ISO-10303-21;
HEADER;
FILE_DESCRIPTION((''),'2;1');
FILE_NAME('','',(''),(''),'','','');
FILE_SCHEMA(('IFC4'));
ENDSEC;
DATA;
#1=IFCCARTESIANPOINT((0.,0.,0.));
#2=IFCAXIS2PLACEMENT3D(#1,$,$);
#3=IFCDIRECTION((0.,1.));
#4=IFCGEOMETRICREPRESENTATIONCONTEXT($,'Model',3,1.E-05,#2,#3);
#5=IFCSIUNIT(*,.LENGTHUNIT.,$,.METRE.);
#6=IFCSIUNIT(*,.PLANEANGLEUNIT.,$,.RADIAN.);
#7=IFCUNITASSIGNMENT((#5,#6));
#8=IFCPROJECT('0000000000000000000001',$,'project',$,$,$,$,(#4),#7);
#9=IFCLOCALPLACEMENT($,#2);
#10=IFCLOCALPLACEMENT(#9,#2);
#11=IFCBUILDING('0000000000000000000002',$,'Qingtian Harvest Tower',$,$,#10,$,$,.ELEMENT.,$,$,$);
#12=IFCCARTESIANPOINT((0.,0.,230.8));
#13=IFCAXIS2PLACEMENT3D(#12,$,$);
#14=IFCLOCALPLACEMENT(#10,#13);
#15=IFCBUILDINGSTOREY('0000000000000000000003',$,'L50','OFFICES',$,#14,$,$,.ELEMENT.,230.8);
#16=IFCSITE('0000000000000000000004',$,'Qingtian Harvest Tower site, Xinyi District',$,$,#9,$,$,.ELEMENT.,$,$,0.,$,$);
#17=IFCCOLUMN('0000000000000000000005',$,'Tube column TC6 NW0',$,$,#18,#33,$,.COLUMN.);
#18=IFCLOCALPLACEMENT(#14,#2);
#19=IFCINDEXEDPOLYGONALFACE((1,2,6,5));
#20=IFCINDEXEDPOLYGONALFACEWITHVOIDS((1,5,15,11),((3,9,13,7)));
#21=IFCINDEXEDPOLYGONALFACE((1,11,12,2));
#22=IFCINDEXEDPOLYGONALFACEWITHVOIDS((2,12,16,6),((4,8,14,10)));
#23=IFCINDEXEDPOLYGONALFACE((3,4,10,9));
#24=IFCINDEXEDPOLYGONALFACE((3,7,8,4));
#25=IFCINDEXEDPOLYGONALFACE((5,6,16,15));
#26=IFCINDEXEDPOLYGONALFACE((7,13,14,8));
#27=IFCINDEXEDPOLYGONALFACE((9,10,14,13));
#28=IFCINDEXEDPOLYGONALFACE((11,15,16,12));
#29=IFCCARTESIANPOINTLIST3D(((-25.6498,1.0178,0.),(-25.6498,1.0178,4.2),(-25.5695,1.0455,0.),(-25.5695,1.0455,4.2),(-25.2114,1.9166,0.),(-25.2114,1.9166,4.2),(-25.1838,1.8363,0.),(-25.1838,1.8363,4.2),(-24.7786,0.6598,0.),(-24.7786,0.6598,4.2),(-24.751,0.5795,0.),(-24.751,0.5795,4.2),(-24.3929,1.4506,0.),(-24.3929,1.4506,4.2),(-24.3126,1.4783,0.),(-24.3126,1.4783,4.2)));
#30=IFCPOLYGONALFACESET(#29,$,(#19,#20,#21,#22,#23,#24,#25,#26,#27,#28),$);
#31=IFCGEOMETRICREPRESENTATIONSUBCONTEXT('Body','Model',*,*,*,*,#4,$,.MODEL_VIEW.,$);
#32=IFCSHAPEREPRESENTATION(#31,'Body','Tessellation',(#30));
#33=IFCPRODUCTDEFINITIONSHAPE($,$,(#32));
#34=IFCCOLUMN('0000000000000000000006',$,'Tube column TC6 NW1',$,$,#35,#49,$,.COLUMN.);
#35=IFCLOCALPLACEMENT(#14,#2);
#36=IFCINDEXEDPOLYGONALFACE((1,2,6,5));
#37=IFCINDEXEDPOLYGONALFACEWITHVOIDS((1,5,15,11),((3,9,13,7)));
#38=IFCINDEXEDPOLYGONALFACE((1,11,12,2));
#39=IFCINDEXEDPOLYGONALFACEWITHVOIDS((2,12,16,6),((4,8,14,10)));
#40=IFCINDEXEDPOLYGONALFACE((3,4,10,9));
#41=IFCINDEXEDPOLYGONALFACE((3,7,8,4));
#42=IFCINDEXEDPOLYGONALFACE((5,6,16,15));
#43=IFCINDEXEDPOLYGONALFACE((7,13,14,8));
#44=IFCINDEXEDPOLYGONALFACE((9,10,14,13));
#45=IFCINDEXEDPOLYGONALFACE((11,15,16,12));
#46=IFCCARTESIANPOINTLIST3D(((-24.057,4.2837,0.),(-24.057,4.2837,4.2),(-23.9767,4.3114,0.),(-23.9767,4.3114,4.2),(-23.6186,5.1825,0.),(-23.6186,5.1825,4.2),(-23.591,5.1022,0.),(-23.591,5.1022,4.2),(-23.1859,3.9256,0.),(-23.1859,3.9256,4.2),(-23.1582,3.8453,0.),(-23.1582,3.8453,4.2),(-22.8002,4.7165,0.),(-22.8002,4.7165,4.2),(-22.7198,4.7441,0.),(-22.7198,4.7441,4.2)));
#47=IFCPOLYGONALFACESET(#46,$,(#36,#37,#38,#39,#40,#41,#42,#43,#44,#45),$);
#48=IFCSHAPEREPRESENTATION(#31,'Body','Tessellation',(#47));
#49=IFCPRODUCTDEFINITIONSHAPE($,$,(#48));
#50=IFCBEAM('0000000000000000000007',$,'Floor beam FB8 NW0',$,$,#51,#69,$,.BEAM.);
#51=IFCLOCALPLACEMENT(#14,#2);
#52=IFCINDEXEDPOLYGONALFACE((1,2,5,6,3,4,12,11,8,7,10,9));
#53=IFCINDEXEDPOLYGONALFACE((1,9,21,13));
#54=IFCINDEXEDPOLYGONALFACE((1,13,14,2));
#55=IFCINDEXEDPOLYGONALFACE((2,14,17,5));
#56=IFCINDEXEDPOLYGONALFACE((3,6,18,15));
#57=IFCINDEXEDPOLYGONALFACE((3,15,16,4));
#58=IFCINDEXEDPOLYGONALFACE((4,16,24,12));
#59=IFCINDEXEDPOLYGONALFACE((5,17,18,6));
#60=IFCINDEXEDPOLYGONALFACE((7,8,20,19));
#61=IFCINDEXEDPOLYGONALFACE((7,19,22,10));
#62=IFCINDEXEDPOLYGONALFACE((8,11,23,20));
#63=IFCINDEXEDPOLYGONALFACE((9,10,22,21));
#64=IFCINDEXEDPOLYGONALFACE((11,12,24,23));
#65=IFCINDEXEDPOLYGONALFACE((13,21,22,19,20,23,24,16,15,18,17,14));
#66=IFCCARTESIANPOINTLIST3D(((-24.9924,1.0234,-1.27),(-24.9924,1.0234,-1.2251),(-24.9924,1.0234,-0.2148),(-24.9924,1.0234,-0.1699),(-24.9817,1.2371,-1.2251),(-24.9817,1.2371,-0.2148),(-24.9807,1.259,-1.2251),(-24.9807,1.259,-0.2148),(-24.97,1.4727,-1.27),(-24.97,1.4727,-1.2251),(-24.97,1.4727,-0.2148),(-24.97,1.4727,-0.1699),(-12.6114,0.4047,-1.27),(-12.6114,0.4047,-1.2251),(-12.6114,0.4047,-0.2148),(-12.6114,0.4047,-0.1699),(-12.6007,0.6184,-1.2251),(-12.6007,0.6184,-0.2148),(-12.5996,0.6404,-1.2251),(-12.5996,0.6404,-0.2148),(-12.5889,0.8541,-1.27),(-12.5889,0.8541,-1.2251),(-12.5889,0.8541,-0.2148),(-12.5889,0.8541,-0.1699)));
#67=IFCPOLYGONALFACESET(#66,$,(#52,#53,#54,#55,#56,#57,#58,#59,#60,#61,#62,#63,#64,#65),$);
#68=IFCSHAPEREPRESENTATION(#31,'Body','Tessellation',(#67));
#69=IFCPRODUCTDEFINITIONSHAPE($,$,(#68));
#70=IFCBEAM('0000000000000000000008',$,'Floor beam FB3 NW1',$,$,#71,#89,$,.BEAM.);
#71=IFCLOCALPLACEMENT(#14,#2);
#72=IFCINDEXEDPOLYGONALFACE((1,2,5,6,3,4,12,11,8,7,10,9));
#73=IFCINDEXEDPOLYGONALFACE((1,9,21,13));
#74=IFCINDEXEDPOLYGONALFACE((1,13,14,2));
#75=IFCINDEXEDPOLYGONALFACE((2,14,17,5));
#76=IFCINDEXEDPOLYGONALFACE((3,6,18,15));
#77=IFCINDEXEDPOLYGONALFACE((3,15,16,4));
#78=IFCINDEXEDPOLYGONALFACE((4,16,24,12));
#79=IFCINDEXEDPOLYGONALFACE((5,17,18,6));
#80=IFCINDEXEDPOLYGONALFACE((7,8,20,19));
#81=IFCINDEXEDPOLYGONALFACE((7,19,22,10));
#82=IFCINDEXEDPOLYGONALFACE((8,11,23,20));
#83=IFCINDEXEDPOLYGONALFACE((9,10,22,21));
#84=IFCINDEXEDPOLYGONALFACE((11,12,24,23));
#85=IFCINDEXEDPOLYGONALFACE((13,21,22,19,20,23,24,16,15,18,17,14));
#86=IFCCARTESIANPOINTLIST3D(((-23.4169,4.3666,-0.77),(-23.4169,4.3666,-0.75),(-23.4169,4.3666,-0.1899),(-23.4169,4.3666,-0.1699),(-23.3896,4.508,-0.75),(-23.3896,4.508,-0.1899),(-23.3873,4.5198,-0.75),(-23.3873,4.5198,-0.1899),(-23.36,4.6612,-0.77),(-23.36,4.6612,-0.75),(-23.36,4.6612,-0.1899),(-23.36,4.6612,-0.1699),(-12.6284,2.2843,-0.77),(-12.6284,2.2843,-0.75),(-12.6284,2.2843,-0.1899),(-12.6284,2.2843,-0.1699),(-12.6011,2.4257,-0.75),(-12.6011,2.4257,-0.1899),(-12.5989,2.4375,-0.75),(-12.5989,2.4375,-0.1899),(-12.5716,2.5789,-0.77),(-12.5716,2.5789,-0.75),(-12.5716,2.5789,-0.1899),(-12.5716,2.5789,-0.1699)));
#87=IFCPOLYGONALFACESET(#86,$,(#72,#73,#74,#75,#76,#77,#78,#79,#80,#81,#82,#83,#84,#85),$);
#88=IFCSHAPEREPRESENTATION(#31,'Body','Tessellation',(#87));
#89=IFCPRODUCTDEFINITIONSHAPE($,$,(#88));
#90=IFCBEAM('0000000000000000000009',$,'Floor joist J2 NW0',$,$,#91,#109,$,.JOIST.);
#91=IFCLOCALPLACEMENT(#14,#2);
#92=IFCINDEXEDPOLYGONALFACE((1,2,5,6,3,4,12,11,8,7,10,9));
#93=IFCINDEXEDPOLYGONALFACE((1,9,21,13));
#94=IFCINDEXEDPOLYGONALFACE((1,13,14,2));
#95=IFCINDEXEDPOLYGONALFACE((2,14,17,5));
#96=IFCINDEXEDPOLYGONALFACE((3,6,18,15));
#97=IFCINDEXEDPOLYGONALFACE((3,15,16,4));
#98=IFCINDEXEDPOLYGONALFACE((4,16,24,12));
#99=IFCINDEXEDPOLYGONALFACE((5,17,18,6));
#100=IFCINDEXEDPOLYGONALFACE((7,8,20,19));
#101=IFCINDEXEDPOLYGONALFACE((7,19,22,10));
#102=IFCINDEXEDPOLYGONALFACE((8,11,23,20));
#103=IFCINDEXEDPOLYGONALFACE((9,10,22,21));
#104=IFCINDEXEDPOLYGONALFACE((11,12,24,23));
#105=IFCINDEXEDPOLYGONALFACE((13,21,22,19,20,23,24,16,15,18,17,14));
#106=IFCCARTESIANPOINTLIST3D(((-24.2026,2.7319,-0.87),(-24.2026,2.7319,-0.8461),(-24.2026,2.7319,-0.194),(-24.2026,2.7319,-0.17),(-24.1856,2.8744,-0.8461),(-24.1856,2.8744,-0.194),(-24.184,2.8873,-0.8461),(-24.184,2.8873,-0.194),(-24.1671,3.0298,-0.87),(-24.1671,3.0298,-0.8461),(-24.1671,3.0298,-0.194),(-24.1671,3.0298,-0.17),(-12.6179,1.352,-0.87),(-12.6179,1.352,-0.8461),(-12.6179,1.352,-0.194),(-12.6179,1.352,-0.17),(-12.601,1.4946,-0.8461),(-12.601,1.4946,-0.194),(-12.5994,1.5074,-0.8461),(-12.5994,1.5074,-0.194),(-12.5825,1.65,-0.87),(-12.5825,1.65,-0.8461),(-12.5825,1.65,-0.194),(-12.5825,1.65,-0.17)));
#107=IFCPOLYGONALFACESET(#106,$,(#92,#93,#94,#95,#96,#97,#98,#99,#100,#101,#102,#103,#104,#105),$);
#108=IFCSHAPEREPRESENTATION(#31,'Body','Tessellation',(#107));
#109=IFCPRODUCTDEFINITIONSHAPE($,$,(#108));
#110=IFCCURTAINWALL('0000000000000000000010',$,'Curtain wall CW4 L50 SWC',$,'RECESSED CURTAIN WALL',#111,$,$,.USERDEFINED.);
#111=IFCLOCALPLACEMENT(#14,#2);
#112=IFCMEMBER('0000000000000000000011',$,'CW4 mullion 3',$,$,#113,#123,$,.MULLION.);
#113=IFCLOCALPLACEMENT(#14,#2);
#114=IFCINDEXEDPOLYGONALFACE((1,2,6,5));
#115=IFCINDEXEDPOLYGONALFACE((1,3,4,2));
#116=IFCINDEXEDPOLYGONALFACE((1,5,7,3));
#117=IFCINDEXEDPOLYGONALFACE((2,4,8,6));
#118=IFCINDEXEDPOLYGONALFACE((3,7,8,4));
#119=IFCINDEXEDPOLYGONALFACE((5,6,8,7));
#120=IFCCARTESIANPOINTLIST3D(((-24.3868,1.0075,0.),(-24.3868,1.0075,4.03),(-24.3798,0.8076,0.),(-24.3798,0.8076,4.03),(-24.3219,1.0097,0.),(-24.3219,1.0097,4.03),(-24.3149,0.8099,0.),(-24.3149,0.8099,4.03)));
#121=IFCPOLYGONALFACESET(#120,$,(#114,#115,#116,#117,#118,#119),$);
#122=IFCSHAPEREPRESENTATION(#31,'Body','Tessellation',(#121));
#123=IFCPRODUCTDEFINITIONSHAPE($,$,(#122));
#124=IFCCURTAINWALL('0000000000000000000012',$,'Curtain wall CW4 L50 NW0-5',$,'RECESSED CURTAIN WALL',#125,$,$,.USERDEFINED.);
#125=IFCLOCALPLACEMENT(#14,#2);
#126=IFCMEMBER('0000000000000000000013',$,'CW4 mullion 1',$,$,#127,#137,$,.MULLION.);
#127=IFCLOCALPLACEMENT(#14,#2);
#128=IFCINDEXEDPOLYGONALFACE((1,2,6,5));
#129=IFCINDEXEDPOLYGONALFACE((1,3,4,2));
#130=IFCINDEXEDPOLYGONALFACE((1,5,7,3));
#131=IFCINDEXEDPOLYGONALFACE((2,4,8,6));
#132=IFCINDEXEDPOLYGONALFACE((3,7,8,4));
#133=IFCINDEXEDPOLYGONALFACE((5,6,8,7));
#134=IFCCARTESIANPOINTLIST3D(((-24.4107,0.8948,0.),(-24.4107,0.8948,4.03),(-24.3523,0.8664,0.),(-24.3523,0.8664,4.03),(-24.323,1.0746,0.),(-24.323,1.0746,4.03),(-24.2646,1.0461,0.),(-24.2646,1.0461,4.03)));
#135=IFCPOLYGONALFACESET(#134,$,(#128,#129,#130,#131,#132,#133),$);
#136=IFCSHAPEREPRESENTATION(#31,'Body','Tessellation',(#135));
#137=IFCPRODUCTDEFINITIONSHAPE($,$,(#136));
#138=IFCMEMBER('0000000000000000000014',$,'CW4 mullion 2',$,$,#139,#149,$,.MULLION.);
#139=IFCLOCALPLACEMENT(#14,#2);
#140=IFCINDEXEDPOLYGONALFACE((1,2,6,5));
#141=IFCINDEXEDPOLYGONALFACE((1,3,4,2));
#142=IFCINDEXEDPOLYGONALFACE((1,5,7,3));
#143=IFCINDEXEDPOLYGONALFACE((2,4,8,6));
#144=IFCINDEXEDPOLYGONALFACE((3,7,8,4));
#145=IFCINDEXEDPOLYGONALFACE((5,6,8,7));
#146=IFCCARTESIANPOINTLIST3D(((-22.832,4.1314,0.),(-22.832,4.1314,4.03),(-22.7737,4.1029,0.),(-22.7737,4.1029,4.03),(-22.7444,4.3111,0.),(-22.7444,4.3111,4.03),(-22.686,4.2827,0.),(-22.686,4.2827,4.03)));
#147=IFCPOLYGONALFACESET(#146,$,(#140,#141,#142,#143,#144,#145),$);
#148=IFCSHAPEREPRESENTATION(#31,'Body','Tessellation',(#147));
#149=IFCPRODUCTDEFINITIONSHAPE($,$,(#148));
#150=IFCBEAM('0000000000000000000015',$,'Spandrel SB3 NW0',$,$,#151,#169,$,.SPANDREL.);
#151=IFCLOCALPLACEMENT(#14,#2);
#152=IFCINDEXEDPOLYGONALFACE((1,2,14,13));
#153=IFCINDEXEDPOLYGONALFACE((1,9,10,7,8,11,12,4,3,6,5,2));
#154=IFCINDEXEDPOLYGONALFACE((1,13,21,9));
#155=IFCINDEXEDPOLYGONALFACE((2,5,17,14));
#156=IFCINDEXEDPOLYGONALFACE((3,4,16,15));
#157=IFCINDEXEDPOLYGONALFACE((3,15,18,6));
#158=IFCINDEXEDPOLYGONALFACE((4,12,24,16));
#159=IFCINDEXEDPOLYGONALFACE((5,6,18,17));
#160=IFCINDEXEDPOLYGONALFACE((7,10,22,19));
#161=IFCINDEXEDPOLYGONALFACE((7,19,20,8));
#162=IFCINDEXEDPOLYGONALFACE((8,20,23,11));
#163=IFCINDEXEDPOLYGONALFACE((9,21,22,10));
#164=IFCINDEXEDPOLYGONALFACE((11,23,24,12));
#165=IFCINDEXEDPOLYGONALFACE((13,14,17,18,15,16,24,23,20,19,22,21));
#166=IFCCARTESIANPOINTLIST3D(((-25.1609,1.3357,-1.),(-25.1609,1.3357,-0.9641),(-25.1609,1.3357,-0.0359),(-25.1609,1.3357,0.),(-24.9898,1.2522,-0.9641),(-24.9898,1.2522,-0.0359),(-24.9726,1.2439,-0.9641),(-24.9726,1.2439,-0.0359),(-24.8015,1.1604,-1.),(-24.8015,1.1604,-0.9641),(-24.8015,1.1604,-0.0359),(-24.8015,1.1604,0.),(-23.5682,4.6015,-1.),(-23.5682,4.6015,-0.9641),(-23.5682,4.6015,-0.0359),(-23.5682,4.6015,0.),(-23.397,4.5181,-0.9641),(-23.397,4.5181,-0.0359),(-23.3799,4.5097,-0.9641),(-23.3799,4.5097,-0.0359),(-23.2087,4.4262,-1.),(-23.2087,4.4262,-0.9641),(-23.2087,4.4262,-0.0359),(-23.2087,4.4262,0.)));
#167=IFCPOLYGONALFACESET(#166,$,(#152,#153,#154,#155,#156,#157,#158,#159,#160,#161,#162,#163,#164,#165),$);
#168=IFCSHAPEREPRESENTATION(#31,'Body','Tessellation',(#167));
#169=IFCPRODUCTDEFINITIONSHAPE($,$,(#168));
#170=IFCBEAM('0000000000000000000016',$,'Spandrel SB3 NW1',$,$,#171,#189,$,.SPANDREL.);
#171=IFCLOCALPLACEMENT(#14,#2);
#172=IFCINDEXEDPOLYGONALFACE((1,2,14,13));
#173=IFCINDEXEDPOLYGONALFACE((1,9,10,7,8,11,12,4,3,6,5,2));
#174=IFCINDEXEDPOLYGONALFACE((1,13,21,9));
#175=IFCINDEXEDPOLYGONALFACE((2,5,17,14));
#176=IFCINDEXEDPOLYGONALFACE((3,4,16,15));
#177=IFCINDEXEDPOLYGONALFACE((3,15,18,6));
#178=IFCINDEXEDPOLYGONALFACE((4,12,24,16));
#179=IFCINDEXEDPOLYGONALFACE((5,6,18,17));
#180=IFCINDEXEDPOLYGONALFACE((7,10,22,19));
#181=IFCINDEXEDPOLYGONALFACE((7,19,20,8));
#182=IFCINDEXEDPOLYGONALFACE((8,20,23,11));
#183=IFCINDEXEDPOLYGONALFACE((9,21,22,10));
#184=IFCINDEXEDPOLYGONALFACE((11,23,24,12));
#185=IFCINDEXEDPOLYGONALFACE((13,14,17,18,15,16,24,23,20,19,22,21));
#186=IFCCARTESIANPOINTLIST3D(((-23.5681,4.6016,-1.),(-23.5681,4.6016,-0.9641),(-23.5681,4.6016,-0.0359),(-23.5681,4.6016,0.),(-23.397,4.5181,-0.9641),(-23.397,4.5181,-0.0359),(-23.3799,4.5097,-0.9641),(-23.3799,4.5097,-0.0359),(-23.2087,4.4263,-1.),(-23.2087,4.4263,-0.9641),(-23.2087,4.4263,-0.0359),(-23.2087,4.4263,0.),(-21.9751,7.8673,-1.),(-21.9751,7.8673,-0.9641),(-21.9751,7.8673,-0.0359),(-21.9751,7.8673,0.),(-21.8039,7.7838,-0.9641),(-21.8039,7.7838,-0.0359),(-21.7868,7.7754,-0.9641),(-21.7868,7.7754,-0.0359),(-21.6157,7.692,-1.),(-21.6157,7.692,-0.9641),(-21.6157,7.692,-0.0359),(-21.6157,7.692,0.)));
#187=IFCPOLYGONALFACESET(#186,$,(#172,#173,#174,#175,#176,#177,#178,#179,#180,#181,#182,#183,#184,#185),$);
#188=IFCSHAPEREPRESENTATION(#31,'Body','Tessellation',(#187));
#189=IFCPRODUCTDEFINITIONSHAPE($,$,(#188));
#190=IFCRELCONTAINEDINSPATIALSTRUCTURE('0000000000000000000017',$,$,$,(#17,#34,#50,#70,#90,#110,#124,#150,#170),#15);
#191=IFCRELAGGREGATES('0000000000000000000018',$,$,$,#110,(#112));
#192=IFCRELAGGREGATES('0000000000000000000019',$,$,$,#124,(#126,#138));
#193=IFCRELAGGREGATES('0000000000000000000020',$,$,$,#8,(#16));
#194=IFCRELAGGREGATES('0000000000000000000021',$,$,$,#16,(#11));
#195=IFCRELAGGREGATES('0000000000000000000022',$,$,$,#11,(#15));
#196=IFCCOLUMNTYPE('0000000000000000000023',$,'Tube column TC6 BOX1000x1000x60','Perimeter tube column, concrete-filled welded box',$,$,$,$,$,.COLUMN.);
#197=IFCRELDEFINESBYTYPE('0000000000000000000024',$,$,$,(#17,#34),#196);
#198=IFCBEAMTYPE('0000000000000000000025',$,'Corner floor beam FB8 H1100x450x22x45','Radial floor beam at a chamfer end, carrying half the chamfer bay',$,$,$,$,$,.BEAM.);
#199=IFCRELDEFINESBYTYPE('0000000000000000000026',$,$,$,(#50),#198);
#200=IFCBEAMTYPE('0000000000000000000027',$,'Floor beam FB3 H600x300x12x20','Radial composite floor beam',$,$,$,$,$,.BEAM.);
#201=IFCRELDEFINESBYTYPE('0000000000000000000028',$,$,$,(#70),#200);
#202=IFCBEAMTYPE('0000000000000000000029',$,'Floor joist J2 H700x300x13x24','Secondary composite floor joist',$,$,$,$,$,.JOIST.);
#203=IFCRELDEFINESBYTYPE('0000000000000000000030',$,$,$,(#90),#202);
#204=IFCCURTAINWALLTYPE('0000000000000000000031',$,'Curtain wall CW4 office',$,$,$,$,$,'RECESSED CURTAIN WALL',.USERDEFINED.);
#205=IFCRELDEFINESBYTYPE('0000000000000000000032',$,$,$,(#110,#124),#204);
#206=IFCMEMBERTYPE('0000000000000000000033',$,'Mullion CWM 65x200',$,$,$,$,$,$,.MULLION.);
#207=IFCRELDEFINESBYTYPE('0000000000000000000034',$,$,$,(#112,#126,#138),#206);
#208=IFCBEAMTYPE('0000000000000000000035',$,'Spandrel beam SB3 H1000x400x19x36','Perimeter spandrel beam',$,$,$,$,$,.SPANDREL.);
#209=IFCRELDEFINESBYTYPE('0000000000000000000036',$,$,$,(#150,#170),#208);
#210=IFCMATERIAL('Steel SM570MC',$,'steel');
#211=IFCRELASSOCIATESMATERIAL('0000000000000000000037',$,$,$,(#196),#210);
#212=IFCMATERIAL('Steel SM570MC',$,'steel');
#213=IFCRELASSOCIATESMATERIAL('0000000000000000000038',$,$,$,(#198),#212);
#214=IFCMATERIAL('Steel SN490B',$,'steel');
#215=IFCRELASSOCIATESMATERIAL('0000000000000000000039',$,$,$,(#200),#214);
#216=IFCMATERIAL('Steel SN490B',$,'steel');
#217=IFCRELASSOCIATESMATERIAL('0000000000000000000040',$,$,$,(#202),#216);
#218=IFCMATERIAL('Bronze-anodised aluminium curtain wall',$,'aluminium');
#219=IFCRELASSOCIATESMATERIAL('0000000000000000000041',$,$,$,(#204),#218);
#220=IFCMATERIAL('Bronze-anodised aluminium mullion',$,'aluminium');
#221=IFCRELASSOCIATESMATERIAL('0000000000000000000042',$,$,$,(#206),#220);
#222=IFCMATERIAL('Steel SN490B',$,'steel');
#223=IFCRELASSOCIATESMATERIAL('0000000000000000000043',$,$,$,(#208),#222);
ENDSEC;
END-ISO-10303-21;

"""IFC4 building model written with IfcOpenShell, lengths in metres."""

from ifc_helpers import new_model, si_unit, direction, frame, origin, origin_2d, place, context, subcontext, project, spatial, rectangle, hollow_rectangle, i_section, extrude, material, material_profile, profile_set, type_object, element, aggregate, save


model = new_model("IFC4")

# Units and contexts
model_context = context("Model", 3, precision=1e-05, world=origin(), true_north=direction((0.0, 1.0)))
body_context = subcontext(model_context, "Body", "Model", "MODEL_VIEW")
ifc_project = project(units=[si_unit("LENGTHUNIT", "METRE"), si_unit("PLANEANGLEUNIT", "RADIAN")], contexts=[model_context])

# Site, building, storey
site_placement = place(None, origin())
site = spatial("IfcSite", under=ifc_project, at=site_placement, Name="Qingtian Harvest Tower site, Xinyi District", CompositionType="ELEMENT", RefElevation=0.0)
building_placement = place(site_placement, origin())
building = spatial("IfcBuilding", under=site, at=building_placement, Name="Qingtian Harvest Tower", CompositionType="ELEMENT")
storey_placement = place(building_placement, frame((0.0, 0.0, 230.8)))
storey = spatial("IfcBuildingStorey", under=building, at=storey_placement, Name="L50", Description="OFFICES", CompositionType="ELEMENT", Elevation=230.8)

# Columns
ifc_material_1 = material(Name="Steel SM570MC", Category="steel")
ifc_material_profile_1 = material_profile(ifc_material_1, hollow_rectangle(XDim=1.0, YDim=1.0, WallThickness=0.0601, at=origin_2d()), Name="BOX1000x1000x60")
ifc_profile_set_1 = profile_set([ifc_material_profile_1], Name="Steel SM570MC")
column_type = type_object("IfcColumnType", Name="Tube column TC6 BOX1000x1000x60", Description="Perimeter tube column, concrete-filled welded box", PredefinedType="COLUMN", material=ifc_profile_set_1)
for number, where, z_axis, x_axis, name in (
    (1, (-24.9812, 1.248, 0.0), (0.0, 0.0, 1.0), (-0.438371, -0.898794, 0.0), "Tube column TC6 NW0"),
    (2, (-23.3884, 4.5139, 0.0), (0.0, 0.0, 1.0), (-0.438371, -0.898794, 0.0), "Tube column TC6 NW1"),
):
    element("IfcColumn", number, at=place(storey_placement, frame(where, z_axis=z_axis, x_axis=x_axis)), inside=storey, type_object=column_type, Name=name, PredefinedType="COLUMN", context=body_context, shape_type="SweptSolid", body=[
        extrude(hollow_rectangle(XDim=1.0, YDim=1.0, WallThickness=0.0601, at=origin_2d()), origin(), (0.0, 0.0, 1.0), 4.2),
    ])

# Beams
ifc_material_2 = material(Name="Steel SM570MC", Category="steel")
ifc_material_profile_2 = material_profile(ifc_material_2, i_section(OverallWidth=0.45, OverallDepth=1.1001, WebThickness=0.022, FlangeThickness=0.0449, at=origin_2d()), Name="H1100x450x22x45")
ifc_profile_set_2 = profile_set([ifc_material_profile_2], Name="Steel SM570MC")
beam_type_1 = type_object("IfcBeamType", Name="Corner floor beam FB8 H1100x450x22x45", Description="Radial floor beam at a chamfer end, carrying half the chamfer bay", PredefinedType="BEAM", material=ifc_profile_set_2)
beam_1_placement = place(storey_placement, frame((-24.9812, 1.248, -0.72), z_axis=(0.998754, -0.049905, 0.0), x_axis=(0.049905, 0.998754, 0.0)))
element("IfcBeam", 3, at=beam_1_placement, inside=storey, type_object=beam_type_1, Name="Floor beam FB8 NW0", PredefinedType="BEAM", context=body_context, shape_type="SweptSolid", body=[
    extrude(i_section(OverallWidth=0.45, OverallDepth=1.1001, WebThickness=0.022, FlangeThickness=0.0449, at=origin_2d()), origin(), (0.0, 0.0, 1.0), 12.3965),
])
ifc_material_3 = material(Name="Steel SN490B", Category="steel")
ifc_material_profile_3 = material_profile(ifc_material_3, i_section(OverallWidth=0.3, OverallDepth=0.6001, WebThickness=0.012, FlangeThickness=0.02, at=origin_2d()), Name="H600x300x12x20")
ifc_profile_set_3 = profile_set([ifc_material_profile_3], Name="Steel SN490B")
beam_type_2 = type_object("IfcBeamType", Name="Floor beam FB3 H600x300x12x20", Description="Radial composite floor beam", PredefinedType="BEAM", material=ifc_profile_set_3)
beam_2_placement = place(storey_placement, frame((-23.3884, 4.5139, -0.47), z_axis=(0.981878, -0.189514, 0.0), x_axis=(0.189514, 0.981878, 0.0)))
element("IfcBeam", 4, at=beam_2_placement, inside=storey, type_object=beam_type_2, Name="Floor beam FB3 NW1", PredefinedType="BEAM", context=body_context, shape_type="SweptSolid", body=[
    extrude(i_section(OverallWidth=0.3, OverallDepth=0.6001, WebThickness=0.012, FlangeThickness=0.02, at=origin_2d()), origin(), (0.0, 0.0, 1.0), 10.9875),
])
ifc_material_4 = material(Name="Steel SN490B", Category="steel")
ifc_material_profile_4 = material_profile(ifc_material_4, i_section(OverallWidth=0.3, OverallDepth=0.7, WebThickness=0.0129, FlangeThickness=0.0239, at=origin_2d()), Name="H700x300x13x24")
ifc_profile_set_4 = profile_set([ifc_material_profile_4], Name="Steel SN490B")
beam_type_3 = type_object("IfcBeamType", Name="Floor joist J2 H700x300x13x24", Description="Secondary composite floor joist", PredefinedType="JOIST", material=ifc_profile_set_4)
beam_3_placement = place(storey_placement, frame((-24.1848, 2.8809, -0.52), z_axis=(0.992981, -0.118276, 0.0), x_axis=(0.118276, 0.992981, 0.0)))
element("IfcBeam", 5, at=beam_3_placement, inside=storey, type_object=beam_type_3, Name="Floor joist J2 NW0", PredefinedType="JOIST", context=body_context, shape_type="SweptSolid", body=[
    extrude(i_section(OverallWidth=0.3, OverallDepth=0.7, WebThickness=0.0129, FlangeThickness=0.0239, at=origin_2d()), origin(), (0.0, 0.0, 1.0), 11.6665),
])

# Curtain wall, member
ifc_material_5 = material(Name="Bronze-anodised aluminium curtain wall", Category="aluminium")
curtain_wall_type = type_object("IfcCurtainWallType", Name="Curtain wall CW4 office", ElementType="RECESSED CURTAIN WALL", PredefinedType="USERDEFINED", material=ifc_material_5)
curtain_wall_1_placement = place(storey_placement, origin())
curtain_wall_1 = element("IfcCurtainWall", 6, at=curtain_wall_1_placement, inside=storey, type_object=curtain_wall_type, Name="Curtain wall CW4 L50 SWC", ObjectType="RECESSED CURTAIN WALL", PredefinedType="USERDEFINED")
ifc_material_6 = material(Name="Bronze-anodised aluminium mullion", Category="aluminium")
ifc_material_profile_5 = material_profile(ifc_material_6, rectangle(XDim=0.0649, YDim=0.2, at=origin_2d()), Name="AL 65x200")
ifc_profile_set_5 = profile_set([ifc_material_profile_5], Name="Bronze-anodised aluminium mullion")
member_type_1 = type_object("IfcMemberType", Name="Mullion CWM 65x200", PredefinedType="MULLION", material=ifc_profile_set_5)
member_1_placement = place(storey_placement, frame((-24.3508, 0.9087, 0.0), z_axis=(0.0, 0.0, 1.0), x_axis=(-0.999391, -0.034899, 0.0)))
member_1 = element("IfcMember", 7, at=member_1_placement, type_object=member_type_1, Name="CW4 mullion 3", PredefinedType="MULLION", context=body_context, shape_type="SweptSolid", body=[
    extrude(rectangle(XDim=0.0649, YDim=0.2, at=origin_2d()), origin(), (0.0, 0.0, 1.0), 4.03),
])

# Curtain wall, members
curtain_wall_2_placement = place(storey_placement, origin())
curtain_wall_2 = element("IfcCurtainWall", 8, at=curtain_wall_2_placement, inside=storey, type_object=curtain_wall_type, Name="Curtain wall CW4 L50 NW0-5", ObjectType="RECESSED CURTAIN WALL", PredefinedType="USERDEFINED")
member_2_placement = place(storey_placement, frame((-24.3376, 0.9705, 0.0), z_axis=(0.0, 0.0, 1.0), x_axis=(-0.898794, 0.438371, 0.0)))
member_2 = element("IfcMember", 9, at=member_2_placement, type_object=member_type_1, Name="CW4 mullion 1", PredefinedType="MULLION", context=body_context, shape_type="SweptSolid", body=[
    extrude(rectangle(XDim=0.0649, YDim=0.2, at=origin_2d()), origin(), (0.0, 0.0, 1.0), 4.03),
])
member_3_placement = place(storey_placement, frame((-22.759, 4.207, 0.0), z_axis=(0.0, 0.0, 1.0), x_axis=(-0.898794, 0.438371, 0.0)))
member_3 = element("IfcMember", 10, at=member_3_placement, type_object=member_type_1, Name="CW4 mullion 2", PredefinedType="MULLION", context=body_context, shape_type="SweptSolid", body=[
    extrude(rectangle(XDim=0.0649, YDim=0.2, at=origin_2d()), origin(), (0.0, 0.0, 1.0), 4.03),
])

# Beams
ifc_material_7 = material(Name="Steel SN490B", Category="steel")
ifc_material_profile_6 = material_profile(ifc_material_7, i_section(OverallWidth=0.3999, OverallDepth=1.0, WebThickness=0.019, FlangeThickness=0.0359, at=origin_2d()), Name="H1000x400x19x36")
ifc_profile_set_6 = profile_set([ifc_material_profile_6], Name="Steel SN490B")
beam_type_4 = type_object("IfcBeamType", Name="Spandrel beam SB3 H1000x400x19x36", Description="Perimeter spandrel beam", PredefinedType="SPANDREL", material=ifc_profile_set_6)
for number, where, z_axis, x_axis, name in (
    (11, (-24.9812, 1.248, -0.5), (0.438349, 0.898805, 0.0), (-0.898805, 0.438349, 0.0), "Spandrel SB3 NW0"),
    (12, (-23.3884, 4.5139, -0.5), (0.43843, 0.898765, 0.0), (-0.898765, 0.43843, 0.0), "Spandrel SB3 NW1"),
):
    element("IfcBeam", number, at=place(storey_placement, frame(where, z_axis=z_axis, x_axis=x_axis)), inside=storey, type_object=beam_type_4, Name=name, PredefinedType="SPANDREL", context=body_context, shape_type="SweptSolid", body=[
        extrude(i_section(OverallWidth=0.3999, OverallDepth=1.0, WebThickness=0.019, FlangeThickness=0.0359, at=origin_2d()), origin(), (0.0, 0.0, 1.0), 3.6335),
    ])

aggregate(curtain_wall_1, [member_1])
aggregate(curtain_wall_2, [member_2, member_3])

save(model, "model.ifc")
